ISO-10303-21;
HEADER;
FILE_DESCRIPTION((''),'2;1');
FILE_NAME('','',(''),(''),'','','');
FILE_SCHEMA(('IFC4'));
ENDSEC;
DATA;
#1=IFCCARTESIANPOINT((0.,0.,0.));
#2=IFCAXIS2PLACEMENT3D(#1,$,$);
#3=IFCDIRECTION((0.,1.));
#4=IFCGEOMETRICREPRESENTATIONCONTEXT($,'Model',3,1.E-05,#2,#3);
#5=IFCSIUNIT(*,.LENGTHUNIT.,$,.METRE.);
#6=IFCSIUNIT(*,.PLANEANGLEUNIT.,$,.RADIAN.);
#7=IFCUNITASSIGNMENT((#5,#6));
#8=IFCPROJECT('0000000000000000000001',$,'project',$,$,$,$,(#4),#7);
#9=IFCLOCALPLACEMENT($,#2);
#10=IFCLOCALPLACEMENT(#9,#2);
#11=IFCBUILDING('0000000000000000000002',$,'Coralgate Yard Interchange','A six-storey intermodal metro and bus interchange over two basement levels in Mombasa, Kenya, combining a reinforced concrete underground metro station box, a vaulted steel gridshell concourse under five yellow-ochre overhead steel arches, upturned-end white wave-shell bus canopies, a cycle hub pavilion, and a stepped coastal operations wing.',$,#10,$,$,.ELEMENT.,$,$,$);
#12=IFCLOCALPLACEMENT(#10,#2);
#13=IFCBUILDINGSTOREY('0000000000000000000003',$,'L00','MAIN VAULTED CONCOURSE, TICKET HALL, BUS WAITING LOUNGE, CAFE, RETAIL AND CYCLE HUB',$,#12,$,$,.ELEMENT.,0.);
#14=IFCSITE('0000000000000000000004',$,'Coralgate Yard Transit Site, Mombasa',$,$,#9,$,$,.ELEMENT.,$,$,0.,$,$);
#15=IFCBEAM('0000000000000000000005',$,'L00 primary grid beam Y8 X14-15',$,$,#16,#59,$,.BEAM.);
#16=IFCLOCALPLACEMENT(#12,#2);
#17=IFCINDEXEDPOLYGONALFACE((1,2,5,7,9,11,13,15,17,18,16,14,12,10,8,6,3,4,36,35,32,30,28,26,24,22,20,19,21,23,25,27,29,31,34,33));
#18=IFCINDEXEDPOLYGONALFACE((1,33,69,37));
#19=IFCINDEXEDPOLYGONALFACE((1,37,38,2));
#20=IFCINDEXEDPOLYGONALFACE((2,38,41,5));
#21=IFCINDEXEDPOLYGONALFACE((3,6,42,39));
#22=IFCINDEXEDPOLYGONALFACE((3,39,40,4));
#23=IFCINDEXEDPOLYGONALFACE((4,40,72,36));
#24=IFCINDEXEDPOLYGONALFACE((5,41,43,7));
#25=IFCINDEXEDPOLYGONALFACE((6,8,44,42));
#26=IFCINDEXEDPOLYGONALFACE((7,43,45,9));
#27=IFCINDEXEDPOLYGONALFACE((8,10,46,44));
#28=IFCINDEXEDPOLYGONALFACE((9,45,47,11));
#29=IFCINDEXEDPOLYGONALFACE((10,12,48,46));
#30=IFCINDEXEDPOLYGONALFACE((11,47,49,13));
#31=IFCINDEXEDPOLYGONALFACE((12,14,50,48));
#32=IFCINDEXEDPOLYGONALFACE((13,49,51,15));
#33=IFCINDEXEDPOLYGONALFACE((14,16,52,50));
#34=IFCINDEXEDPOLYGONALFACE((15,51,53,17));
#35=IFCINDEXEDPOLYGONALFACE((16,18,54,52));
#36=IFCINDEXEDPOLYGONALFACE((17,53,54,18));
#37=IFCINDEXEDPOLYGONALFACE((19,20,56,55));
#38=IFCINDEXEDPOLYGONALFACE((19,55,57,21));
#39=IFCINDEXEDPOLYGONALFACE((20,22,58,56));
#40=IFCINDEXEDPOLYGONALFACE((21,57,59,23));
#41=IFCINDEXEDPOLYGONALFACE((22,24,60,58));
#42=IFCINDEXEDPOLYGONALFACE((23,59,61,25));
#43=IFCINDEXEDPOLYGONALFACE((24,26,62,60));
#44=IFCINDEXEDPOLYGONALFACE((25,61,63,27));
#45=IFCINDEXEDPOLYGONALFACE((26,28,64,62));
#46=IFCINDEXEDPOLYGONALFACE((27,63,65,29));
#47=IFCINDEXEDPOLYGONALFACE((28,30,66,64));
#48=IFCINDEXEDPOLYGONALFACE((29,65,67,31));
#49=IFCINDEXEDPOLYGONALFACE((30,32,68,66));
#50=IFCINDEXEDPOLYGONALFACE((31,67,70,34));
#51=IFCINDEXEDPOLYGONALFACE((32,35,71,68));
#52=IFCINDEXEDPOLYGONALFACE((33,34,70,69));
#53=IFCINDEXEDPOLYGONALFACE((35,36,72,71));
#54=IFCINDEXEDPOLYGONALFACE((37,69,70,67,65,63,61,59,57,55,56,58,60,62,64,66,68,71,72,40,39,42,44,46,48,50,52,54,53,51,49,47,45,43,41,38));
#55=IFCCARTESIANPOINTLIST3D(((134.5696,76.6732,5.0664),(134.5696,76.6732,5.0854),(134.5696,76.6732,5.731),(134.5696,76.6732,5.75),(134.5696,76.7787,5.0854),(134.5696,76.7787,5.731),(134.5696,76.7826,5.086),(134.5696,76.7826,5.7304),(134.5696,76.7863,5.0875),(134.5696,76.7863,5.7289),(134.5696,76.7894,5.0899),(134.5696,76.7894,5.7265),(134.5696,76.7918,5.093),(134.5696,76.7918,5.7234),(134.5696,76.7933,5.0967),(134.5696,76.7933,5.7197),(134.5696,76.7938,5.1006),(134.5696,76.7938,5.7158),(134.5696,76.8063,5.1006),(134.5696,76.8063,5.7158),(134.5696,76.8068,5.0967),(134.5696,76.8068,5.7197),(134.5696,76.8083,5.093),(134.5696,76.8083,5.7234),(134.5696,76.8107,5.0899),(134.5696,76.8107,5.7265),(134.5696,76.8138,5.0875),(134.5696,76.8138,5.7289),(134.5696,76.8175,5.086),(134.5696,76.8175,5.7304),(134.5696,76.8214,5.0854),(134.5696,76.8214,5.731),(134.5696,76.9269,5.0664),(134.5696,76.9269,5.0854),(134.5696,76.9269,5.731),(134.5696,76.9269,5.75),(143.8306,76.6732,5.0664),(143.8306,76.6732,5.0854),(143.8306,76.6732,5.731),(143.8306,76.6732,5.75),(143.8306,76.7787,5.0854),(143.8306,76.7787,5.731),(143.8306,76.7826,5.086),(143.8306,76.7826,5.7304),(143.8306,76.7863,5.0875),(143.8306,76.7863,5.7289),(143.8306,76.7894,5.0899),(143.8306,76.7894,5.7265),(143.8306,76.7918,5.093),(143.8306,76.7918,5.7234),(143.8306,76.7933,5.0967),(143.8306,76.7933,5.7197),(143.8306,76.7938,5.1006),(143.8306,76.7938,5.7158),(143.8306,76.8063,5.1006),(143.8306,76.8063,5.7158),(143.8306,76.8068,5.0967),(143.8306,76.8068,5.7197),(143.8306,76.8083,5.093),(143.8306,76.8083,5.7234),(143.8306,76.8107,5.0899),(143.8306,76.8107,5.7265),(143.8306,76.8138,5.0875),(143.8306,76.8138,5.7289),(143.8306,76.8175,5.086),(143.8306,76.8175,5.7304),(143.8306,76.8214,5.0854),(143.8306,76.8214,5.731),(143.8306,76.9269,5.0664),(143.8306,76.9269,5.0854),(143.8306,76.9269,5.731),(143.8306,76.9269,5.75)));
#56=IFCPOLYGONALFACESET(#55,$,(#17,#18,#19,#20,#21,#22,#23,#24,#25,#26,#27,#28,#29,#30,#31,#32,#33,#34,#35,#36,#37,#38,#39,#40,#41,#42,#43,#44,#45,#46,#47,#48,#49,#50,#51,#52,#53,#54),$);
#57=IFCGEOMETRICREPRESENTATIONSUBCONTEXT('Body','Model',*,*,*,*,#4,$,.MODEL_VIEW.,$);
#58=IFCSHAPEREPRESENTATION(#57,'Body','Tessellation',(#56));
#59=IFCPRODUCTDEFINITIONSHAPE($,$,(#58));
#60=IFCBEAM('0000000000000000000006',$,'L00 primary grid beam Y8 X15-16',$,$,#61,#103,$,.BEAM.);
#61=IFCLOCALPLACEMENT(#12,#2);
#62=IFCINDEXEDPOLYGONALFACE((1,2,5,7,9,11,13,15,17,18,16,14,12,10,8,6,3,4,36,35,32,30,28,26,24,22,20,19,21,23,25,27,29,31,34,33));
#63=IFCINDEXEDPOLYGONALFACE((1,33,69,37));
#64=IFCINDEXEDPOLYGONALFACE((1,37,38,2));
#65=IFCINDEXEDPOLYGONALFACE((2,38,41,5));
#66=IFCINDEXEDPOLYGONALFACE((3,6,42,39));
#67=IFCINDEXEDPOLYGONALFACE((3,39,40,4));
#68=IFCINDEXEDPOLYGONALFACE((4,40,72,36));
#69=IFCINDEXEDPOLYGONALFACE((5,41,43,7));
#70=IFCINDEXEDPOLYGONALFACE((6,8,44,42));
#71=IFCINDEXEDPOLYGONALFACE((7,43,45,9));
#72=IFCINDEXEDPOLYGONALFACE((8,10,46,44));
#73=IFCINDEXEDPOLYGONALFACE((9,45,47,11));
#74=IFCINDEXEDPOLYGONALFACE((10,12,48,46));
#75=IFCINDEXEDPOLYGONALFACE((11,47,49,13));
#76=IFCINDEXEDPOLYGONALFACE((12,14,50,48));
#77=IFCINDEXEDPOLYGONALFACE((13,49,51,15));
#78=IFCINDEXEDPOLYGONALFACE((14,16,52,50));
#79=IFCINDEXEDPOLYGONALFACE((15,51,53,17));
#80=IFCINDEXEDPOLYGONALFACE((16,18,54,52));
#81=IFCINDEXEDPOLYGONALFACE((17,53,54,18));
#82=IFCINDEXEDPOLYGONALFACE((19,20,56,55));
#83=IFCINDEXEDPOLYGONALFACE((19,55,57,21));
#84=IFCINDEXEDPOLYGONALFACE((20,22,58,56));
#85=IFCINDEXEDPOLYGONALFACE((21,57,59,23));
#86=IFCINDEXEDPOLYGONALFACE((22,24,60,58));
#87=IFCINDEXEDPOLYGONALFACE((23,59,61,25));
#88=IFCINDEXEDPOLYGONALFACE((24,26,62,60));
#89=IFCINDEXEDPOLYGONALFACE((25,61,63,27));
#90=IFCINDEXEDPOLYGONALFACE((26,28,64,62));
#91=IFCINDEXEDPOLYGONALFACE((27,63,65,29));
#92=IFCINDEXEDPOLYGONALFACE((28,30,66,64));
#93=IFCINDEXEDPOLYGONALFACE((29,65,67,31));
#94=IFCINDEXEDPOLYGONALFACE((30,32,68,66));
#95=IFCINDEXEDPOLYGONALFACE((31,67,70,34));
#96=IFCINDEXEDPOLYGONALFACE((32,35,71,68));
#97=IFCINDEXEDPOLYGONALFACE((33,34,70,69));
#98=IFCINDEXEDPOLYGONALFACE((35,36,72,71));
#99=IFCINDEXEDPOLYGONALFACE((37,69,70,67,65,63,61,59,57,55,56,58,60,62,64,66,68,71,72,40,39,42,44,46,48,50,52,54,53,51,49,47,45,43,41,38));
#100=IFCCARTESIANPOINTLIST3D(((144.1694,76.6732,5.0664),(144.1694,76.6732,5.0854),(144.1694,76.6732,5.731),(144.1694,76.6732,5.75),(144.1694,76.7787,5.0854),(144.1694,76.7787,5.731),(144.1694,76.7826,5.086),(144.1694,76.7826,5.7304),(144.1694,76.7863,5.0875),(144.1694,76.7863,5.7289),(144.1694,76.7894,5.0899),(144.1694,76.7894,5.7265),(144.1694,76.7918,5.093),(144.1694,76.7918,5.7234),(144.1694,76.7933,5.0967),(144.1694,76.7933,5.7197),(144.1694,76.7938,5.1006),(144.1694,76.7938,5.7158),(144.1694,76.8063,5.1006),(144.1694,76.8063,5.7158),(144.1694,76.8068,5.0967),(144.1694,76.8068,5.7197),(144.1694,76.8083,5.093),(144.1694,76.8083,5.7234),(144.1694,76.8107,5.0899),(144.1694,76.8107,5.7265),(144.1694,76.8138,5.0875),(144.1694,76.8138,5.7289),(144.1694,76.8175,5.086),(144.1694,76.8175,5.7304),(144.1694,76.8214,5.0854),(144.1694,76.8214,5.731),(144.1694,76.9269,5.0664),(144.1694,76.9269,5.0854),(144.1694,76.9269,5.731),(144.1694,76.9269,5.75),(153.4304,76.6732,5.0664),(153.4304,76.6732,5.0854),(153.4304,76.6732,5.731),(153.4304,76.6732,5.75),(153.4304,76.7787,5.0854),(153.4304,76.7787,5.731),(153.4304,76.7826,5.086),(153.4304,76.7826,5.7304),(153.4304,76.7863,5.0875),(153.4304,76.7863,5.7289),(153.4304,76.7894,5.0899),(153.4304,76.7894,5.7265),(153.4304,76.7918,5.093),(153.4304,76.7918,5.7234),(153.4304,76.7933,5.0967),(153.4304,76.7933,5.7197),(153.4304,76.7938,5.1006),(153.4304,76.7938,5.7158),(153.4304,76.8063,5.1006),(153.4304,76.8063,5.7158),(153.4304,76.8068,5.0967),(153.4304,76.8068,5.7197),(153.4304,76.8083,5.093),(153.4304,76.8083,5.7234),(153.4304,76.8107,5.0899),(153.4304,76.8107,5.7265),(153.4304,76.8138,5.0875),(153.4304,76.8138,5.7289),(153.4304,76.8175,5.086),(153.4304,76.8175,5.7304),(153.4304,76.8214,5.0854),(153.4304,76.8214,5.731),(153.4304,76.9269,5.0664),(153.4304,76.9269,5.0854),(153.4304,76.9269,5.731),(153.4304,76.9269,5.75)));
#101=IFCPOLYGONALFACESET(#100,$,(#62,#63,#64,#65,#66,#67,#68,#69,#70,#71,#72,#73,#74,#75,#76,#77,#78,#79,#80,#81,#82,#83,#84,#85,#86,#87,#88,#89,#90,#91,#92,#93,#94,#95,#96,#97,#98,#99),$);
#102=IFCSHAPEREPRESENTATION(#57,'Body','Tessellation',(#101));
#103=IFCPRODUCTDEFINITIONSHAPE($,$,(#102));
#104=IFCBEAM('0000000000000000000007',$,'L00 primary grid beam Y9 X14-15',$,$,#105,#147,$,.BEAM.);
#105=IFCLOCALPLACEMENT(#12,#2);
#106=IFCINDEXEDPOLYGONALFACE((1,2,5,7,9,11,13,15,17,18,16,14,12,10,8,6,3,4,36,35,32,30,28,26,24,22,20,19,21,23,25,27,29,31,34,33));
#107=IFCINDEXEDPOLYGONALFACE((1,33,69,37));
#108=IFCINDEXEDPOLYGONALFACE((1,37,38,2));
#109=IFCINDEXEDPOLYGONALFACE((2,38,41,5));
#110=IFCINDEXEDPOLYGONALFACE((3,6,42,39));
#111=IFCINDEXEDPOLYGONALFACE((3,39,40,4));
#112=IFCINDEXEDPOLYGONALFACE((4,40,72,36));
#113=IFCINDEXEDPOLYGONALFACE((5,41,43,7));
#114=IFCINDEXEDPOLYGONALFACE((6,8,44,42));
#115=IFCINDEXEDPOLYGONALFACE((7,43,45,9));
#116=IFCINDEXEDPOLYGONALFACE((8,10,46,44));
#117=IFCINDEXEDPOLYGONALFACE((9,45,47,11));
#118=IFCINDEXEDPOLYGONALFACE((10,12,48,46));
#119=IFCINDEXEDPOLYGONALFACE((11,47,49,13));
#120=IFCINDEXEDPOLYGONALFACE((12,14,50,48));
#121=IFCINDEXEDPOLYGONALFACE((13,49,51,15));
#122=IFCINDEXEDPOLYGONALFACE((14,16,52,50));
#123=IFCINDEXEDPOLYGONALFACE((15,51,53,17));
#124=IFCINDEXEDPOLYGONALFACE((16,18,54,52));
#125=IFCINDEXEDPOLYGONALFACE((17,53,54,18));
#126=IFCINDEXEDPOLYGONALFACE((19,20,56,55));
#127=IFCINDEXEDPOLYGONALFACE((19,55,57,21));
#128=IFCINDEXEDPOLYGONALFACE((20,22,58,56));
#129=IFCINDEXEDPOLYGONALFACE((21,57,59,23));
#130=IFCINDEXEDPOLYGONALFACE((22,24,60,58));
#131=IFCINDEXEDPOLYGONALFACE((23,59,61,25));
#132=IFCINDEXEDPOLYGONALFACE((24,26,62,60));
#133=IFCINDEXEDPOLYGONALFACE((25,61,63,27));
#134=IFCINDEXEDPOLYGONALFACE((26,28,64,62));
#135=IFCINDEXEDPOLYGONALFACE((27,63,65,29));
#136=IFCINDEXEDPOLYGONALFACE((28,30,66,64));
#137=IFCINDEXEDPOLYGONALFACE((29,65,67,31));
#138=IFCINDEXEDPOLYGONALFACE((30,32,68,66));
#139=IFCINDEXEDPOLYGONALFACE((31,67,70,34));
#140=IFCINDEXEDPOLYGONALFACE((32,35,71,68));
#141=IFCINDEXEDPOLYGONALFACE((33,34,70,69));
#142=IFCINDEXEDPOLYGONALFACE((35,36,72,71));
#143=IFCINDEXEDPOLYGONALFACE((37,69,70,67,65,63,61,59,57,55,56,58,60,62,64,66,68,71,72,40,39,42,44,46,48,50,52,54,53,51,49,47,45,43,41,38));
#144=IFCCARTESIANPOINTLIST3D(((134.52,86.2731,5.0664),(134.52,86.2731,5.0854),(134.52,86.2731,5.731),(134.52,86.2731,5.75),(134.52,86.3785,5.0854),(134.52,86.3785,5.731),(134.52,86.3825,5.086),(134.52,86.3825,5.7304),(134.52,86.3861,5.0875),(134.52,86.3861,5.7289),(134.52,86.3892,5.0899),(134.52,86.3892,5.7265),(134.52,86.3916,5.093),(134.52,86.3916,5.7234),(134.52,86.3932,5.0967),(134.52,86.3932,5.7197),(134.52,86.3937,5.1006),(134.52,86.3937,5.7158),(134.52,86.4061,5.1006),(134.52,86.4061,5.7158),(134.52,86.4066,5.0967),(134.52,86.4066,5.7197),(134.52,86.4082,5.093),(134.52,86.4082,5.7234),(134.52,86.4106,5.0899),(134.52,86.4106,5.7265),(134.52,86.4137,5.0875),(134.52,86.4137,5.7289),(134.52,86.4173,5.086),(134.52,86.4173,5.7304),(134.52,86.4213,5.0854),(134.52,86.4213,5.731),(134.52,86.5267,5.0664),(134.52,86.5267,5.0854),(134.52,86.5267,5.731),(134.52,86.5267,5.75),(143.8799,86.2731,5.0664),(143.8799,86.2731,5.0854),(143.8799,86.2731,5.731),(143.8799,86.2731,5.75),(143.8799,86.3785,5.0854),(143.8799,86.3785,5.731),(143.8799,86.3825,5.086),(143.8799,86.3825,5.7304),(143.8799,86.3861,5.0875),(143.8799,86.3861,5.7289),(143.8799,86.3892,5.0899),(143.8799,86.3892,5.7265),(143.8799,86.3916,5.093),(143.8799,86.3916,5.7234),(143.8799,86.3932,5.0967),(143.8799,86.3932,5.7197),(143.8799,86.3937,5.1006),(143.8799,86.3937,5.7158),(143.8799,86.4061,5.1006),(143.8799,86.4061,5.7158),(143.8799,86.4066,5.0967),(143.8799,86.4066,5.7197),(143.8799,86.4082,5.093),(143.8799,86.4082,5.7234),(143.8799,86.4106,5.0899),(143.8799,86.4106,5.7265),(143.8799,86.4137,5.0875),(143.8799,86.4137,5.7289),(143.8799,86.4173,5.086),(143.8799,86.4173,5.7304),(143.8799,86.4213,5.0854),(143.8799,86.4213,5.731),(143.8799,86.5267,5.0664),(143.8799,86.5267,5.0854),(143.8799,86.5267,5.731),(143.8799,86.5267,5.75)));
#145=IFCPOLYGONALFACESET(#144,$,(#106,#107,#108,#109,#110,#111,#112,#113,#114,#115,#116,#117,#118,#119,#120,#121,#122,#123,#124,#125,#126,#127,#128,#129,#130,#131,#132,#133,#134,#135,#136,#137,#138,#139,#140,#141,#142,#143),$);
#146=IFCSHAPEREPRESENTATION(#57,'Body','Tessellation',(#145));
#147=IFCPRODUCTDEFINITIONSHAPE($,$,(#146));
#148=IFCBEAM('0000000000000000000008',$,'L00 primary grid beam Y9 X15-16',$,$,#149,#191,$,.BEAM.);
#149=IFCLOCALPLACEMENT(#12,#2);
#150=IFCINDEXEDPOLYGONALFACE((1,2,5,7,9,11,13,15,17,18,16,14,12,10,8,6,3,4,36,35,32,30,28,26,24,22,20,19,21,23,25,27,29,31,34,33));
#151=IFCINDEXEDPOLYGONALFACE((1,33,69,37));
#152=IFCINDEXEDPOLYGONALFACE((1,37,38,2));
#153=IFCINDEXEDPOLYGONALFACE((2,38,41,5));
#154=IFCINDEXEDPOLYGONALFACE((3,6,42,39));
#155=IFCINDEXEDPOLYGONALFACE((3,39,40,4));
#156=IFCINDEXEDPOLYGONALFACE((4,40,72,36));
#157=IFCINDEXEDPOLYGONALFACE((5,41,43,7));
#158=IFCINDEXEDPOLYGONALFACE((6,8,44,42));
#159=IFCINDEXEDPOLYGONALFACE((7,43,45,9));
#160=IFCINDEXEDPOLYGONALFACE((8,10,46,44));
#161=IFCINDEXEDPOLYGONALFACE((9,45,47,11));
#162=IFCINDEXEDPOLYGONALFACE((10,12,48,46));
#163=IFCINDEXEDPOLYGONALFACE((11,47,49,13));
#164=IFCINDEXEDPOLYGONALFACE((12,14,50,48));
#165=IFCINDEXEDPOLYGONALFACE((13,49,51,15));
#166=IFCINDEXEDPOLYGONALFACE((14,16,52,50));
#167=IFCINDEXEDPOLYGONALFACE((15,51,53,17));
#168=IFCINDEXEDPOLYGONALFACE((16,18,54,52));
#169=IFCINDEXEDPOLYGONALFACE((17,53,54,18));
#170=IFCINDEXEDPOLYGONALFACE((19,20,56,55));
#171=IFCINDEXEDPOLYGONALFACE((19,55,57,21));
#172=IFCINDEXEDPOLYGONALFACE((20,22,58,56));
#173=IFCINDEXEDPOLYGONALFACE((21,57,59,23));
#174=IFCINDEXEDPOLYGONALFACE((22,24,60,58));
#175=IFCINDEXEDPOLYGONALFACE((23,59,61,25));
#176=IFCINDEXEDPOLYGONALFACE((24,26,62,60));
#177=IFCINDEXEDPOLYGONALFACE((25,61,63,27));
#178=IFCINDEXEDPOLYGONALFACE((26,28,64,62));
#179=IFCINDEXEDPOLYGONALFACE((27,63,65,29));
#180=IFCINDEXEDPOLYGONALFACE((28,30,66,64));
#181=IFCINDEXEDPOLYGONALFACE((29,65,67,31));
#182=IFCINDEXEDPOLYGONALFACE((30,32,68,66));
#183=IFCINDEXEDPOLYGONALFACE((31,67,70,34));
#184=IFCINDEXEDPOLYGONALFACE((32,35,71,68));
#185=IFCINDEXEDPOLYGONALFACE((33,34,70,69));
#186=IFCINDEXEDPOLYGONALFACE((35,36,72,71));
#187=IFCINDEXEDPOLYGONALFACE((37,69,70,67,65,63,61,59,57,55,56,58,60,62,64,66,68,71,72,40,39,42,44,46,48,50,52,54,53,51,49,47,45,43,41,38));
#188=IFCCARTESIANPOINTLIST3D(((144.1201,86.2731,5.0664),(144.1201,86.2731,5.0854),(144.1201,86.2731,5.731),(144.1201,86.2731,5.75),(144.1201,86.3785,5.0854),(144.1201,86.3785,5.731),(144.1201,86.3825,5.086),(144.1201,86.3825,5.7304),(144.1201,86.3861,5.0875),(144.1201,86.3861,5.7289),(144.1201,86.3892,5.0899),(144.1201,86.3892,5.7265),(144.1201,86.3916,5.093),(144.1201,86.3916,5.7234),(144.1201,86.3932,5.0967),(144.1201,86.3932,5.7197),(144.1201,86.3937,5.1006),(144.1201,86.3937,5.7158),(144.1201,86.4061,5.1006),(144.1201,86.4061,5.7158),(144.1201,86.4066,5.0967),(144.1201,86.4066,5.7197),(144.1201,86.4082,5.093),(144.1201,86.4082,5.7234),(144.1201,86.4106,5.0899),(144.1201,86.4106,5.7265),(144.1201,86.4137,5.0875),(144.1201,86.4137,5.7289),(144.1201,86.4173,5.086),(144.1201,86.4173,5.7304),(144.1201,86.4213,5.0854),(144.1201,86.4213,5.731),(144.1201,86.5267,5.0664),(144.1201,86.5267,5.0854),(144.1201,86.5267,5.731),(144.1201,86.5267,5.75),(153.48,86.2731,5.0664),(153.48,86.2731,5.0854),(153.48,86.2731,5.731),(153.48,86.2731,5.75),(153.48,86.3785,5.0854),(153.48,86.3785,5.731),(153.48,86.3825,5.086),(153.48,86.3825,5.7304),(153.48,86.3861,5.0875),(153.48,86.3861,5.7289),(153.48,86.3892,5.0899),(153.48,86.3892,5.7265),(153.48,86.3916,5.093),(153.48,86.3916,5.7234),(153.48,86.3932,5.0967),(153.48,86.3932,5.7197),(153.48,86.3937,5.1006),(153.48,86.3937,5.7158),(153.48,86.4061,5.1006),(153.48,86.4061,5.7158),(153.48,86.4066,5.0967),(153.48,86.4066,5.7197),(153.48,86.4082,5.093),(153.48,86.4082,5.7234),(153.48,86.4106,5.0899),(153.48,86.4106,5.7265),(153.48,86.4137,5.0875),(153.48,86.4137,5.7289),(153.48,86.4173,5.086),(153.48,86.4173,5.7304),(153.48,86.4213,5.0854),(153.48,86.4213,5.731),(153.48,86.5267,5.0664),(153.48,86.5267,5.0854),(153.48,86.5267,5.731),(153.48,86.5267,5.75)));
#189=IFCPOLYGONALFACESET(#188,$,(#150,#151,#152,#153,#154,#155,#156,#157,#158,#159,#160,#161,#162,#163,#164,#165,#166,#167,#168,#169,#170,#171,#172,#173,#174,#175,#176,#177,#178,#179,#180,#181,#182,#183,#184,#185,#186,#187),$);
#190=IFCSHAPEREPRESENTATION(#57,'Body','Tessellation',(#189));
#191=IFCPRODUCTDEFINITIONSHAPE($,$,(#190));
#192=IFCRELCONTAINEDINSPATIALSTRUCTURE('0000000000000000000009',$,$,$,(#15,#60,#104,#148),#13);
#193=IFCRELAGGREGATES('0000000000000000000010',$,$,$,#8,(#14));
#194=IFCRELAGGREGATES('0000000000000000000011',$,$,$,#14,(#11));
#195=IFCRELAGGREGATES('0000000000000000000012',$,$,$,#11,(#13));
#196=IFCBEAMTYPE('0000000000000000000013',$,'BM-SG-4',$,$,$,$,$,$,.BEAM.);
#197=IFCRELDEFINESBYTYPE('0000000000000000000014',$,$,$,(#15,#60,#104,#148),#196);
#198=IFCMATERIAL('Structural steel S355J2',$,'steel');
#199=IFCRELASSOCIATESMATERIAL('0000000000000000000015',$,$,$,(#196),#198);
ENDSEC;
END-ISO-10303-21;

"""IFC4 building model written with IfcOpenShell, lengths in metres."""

from ifc_helpers import new_model, si_unit, direction, frame, origin, origin_2d, place, context, subcontext, project, spatial, i_section, extrude, material, material_profile, profile_set, type_object, element, save


model = new_model("IFC4")

# Units and contexts
model_context = context("Model", 3, precision=1e-05, world=origin(), true_north=direction((0.0, 1.0)))
body_context = subcontext(model_context, "Body", "Model", "MODEL_VIEW")
ifc_project = project(units=[si_unit("LENGTHUNIT", "METRE"), si_unit("PLANEANGLEUNIT", "RADIAN")], contexts=[model_context])

# Site, building, storey
site_placement = place(None, origin())
site = spatial("IfcSite", under=ifc_project, at=site_placement, Name="Coralgate Yard Transit Site, Mombasa", CompositionType="ELEMENT", RefElevation=0.0)
building_placement = place(site_placement, origin())
building = spatial("IfcBuilding", under=site, at=building_placement, Name="Coralgate Yard Interchange", Description="A six-storey intermodal metro and bus interchange over two basement levels in Mombasa, Kenya, combining a reinforced concrete underground metro station box, a vaulted steel gridshell concourse under five yellow-ochre overhead steel arches, upturned-end white wave-shell bus canopies, a cycle hub pavilion, and a stepped coastal operations wing.", CompositionType="ELEMENT")
storey_placement = place(building_placement, origin())
storey = spatial("IfcBuildingStorey", under=building, at=storey_placement, Name="L00", Description="MAIN VAULTED CONCOURSE, TICKET HALL, BUS WAITING LOUNGE, CAFE, RETAIL AND CYCLE HUB", CompositionType="ELEMENT", Elevation=0.0)

# Shared definitions
ifc_material_1 = material(Name="Structural steel S355J2", Category="steel")

# Beams
ifc_material_profile_1 = material_profile(ifc_material_1, i_section(OverallWidth=0.2537, OverallDepth=0.6836, WebThickness=0.0125, FlangeThickness=0.019, FilletRadius=0.0151, at=origin_2d()), Name="UB 686x254x140")
ifc_profile_set_1 = profile_set([ifc_material_profile_1], Name="Structural steel S355J2")
beam_type_1 = type_object("IfcBeamType", Name="BM-SG-4", PredefinedType="BEAM", material=ifc_profile_set_1)
for number, where, z_axis, x_axis, name in (
    (1, (134.5696, 76.8, 5.4082), (1.0, 0.0, 0.0), (0.0, 1.0, 0.0), "L00 primary grid beam Y8 X14-15"),
    (2, (144.1694, 76.8, 5.4082), (1.0, 0.0, 0.0), (0.0, 1.0, 0.0), "L00 primary grid beam Y8 X15-16"),
):
    element("IfcBeam", number, at=place(storey_placement, frame(where, z_axis=z_axis, x_axis=x_axis)), inside=storey, type_object=beam_type_1, Name=name, PredefinedType="BEAM", context=body_context, shape_type="SweptSolid", body=[
        extrude(i_section(OverallWidth=0.2537, OverallDepth=0.6836, WebThickness=0.0125, FlangeThickness=0.019, FilletRadius=0.0151, at=origin_2d()), origin(), (0.0, 0.0, 1.0), 9.261),
    ])
for number, where, z_axis, x_axis, name in (
    (3, (134.52, 86.3999, 5.4082), (1.0, 0.0, 0.0), (0.0, 1.0, 0.0), "L00 primary grid beam Y9 X14-15"),
    (4, (144.1201, 86.3999, 5.4082), (1.0, 0.0, 0.0), (0.0, 1.0, 0.0), "L00 primary grid beam Y9 X15-16"),
):
    element("IfcBeam", number, at=place(storey_placement, frame(where, z_axis=z_axis, x_axis=x_axis)), inside=storey, type_object=beam_type_1, Name=name, PredefinedType="BEAM", context=body_context, shape_type="SweptSolid", body=[
        extrude(i_section(OverallWidth=0.2537, OverallDepth=0.6836, WebThickness=0.0125, FlangeThickness=0.019, FilletRadius=0.0151, at=origin_2d()), origin(), (0.0, 0.0, 1.0), 9.3599),
    ])

save(model, "model.ifc")
